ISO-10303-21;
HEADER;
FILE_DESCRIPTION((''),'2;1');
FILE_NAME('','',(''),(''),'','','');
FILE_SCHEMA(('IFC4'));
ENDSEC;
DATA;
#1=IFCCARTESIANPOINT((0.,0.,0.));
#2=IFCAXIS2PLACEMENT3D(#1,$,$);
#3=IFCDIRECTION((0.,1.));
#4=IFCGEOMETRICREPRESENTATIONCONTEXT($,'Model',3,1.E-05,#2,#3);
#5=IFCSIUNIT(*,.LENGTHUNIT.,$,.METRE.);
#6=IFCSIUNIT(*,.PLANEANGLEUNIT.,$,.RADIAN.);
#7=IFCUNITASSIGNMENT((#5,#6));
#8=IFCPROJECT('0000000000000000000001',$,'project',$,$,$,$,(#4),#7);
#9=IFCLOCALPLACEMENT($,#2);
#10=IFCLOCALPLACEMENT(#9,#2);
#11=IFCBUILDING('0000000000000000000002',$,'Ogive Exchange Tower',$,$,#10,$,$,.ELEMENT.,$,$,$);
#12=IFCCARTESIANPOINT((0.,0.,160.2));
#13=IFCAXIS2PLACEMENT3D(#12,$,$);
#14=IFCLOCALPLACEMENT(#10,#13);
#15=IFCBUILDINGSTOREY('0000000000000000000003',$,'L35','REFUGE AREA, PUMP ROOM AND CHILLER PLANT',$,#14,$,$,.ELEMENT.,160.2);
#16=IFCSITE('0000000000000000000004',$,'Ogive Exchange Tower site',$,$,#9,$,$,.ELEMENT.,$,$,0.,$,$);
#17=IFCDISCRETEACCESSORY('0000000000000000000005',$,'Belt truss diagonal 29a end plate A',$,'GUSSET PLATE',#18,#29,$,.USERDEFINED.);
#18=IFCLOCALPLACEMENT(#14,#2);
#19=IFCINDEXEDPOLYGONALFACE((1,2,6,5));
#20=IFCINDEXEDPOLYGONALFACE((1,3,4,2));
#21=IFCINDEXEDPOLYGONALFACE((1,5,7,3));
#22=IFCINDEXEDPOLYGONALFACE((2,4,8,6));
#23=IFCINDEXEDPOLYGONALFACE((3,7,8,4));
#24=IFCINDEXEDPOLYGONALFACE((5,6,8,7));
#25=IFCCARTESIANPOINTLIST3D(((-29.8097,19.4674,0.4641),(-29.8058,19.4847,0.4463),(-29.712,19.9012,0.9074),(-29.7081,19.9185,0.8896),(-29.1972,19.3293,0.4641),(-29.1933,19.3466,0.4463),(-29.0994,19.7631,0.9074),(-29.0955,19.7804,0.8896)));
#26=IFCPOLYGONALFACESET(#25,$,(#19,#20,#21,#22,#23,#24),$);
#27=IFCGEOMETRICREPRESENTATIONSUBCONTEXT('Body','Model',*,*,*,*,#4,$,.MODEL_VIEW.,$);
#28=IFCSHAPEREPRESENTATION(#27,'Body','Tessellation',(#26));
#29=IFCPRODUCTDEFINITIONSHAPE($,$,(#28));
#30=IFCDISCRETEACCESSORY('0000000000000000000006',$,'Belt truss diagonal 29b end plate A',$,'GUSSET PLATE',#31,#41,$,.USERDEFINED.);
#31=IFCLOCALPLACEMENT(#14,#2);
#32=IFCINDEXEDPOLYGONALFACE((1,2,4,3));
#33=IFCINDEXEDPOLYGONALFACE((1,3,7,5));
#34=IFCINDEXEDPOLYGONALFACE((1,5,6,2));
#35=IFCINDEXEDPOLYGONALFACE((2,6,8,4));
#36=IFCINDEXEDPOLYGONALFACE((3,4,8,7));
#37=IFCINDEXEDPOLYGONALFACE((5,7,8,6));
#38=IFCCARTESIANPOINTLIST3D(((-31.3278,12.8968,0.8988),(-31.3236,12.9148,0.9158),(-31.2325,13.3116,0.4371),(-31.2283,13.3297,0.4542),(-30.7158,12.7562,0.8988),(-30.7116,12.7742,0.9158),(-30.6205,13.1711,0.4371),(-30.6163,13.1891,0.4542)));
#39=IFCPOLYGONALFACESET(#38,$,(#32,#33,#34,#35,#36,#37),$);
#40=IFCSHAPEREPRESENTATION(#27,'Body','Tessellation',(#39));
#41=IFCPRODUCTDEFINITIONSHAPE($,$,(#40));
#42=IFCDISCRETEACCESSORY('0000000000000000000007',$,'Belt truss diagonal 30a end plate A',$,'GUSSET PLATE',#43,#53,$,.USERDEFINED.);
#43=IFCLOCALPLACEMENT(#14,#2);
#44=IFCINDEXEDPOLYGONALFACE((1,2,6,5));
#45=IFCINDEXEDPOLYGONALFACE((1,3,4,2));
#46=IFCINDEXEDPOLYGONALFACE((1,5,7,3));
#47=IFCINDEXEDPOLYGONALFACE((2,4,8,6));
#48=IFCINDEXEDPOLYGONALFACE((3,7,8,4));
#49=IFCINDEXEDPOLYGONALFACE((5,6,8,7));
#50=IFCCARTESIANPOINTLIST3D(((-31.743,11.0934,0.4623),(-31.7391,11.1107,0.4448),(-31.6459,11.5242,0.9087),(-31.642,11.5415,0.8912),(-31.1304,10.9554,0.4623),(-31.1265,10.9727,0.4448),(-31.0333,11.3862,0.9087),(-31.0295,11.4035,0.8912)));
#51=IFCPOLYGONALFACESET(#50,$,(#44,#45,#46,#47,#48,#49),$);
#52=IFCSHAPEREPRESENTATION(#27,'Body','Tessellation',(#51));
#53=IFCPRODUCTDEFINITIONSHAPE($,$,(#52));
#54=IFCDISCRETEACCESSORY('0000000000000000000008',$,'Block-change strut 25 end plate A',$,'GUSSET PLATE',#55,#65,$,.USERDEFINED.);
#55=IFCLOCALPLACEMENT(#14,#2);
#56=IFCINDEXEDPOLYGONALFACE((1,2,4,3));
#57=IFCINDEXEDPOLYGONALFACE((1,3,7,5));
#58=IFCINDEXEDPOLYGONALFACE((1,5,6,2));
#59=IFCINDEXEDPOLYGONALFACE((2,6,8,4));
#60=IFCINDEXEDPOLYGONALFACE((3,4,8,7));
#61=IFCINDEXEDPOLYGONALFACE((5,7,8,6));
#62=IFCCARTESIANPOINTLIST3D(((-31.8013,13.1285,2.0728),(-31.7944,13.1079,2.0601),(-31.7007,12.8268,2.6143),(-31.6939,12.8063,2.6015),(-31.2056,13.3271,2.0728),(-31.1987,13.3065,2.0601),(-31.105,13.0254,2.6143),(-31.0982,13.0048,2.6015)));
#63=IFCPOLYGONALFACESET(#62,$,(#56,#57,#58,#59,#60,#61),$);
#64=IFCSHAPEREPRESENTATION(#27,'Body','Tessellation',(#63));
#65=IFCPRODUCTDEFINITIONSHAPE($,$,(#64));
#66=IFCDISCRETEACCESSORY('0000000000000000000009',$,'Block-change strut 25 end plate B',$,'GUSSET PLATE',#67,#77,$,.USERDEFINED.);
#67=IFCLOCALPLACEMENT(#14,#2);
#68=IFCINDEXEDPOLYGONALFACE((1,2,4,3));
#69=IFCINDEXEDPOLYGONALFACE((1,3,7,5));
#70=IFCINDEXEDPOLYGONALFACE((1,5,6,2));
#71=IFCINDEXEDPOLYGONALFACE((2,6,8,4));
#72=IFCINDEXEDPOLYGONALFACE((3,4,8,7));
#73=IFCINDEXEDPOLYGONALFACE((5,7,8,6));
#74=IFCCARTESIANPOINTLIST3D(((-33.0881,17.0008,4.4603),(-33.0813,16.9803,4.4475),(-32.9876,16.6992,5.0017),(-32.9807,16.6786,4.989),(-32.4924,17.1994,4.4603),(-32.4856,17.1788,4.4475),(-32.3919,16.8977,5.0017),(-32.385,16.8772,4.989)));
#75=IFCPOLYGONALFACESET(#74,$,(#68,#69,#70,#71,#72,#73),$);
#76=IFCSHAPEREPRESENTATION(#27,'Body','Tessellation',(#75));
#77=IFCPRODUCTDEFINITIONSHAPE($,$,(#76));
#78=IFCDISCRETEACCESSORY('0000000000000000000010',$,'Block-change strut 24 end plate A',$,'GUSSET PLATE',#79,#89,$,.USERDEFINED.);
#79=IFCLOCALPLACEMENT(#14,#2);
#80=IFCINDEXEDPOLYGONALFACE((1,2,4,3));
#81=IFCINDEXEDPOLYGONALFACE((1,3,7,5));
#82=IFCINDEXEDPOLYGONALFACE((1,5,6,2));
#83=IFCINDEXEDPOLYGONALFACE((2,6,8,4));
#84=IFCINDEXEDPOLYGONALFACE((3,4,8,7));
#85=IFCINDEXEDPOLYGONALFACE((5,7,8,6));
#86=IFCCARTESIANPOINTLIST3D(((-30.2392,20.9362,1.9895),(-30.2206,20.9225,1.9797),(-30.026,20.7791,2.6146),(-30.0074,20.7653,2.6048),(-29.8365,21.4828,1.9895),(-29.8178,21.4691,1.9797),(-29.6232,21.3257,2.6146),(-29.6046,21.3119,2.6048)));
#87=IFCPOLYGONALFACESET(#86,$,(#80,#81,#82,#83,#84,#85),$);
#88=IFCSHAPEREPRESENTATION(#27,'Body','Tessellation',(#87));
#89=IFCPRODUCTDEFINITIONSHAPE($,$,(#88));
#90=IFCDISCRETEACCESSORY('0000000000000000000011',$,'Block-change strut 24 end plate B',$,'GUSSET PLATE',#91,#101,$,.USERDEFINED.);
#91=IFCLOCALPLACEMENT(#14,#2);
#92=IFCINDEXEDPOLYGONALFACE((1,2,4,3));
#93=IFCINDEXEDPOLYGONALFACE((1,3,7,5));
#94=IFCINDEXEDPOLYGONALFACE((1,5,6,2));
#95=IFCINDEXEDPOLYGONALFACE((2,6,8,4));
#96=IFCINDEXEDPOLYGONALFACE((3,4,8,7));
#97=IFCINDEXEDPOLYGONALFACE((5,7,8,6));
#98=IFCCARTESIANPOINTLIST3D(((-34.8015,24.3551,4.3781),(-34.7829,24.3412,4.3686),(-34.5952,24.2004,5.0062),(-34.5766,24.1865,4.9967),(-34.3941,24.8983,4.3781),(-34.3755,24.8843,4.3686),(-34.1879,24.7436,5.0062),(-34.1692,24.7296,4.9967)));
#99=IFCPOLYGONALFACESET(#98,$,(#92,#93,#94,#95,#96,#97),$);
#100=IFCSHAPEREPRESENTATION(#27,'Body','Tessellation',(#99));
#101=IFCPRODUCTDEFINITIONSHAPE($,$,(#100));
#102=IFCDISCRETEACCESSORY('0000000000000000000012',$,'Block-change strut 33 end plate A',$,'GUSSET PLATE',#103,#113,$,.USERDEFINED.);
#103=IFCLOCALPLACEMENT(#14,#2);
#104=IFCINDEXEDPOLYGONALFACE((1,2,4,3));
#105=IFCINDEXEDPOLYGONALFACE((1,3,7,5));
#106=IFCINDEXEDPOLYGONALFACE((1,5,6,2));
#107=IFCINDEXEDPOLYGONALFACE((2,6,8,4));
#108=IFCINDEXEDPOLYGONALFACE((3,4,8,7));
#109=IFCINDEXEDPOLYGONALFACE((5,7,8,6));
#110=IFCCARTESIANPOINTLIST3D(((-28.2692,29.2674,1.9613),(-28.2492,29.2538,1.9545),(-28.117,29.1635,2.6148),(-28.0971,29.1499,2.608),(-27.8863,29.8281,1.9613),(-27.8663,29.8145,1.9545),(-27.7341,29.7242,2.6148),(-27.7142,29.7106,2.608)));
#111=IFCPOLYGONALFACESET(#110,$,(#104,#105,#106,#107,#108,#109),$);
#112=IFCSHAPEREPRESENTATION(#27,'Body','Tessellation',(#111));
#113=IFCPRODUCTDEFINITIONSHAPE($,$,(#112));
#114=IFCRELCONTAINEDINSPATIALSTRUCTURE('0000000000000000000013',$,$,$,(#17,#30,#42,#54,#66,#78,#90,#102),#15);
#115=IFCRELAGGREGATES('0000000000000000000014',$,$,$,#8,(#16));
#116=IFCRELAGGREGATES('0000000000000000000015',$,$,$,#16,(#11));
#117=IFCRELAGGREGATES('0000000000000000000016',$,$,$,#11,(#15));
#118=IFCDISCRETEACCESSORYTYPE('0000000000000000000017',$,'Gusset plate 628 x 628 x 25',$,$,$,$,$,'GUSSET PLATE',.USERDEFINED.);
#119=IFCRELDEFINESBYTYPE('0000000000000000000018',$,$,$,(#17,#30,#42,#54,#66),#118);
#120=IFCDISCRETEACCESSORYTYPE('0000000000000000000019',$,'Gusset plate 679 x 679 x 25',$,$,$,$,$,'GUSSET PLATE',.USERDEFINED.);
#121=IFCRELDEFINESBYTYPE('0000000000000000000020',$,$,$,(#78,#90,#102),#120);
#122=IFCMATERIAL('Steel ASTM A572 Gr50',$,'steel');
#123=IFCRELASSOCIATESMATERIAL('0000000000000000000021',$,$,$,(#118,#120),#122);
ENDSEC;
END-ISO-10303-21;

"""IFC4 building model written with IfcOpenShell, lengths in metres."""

from ifc_helpers import new_model, si_unit, direction, frame, origin, origin_2d, place, context, subcontext, project, spatial, rectangle, extrude, material, material_profile, profile_set, type_object, element, save


model = new_model("IFC4")

# Units and contexts
model_context = context("Model", 3, precision=1e-05, world=origin(), true_north=direction((0.0, 1.0)))
body_context = subcontext(model_context, "Body", "Model", "MODEL_VIEW")
ifc_project = project(units=[si_unit("LENGTHUNIT", "METRE"), si_unit("PLANEANGLEUNIT", "RADIAN")], contexts=[model_context])

# Site, building, storey
site_placement = place(None, origin())
site = spatial("IfcSite", under=ifc_project, at=site_placement, Name="Ogive Exchange Tower site", CompositionType="ELEMENT", RefElevation=0.0)
building_placement = place(site_placement, origin())
building = spatial("IfcBuilding", under=site, at=building_placement, Name="Ogive Exchange Tower", CompositionType="ELEMENT")
storey_placement = place(building_placement, frame((0.0, 0.0, 160.2)))
storey = spatial("IfcBuildingStorey", under=building, at=storey_placement, Name="L35", Description="REFUGE AREA, PUMP ROOM AND CHILLER PLANT", CompositionType="ELEMENT", Elevation=160.2)

# Discrete accessories
ifc_material_1 = material(Name="Steel ASTM A572 Gr50", Category="steel")
ifc_material_profile_1 = material_profile(ifc_material_1, rectangle(XDim=0.6279, YDim=0.6279, at=origin_2d()), Name="PL 628 x 628 x 25")
ifc_profile_set_1 = profile_set([ifc_material_profile_1], Name="Steel ASTM A572 Gr50")
discrete_accessory_type_1 = type_object("IfcDiscreteAccessoryType", Name="Gusset plate 628 x 628 x 25", ElementType="GUSSET PLATE", PredefinedType="USERDEFINED", material=ifc_profile_set_1)
for number, where, z_axis, x_axis, name in (
    (1, (-29.4507, 19.6326, 0.668), (-0.155215, -0.688769, 0.708171), (0.975536, -0.219839, 0.0), "Belt truss diagonal 29a end plate A"),
    (2, (-30.9741, 13.0339, 0.668), (0.164615, 0.716558, 0.677825), (-0.974613, 0.223898, 0.0), "Belt truss diagonal 29b end plate A"),
):
    element("IfcDiscreteAccessory", number, at=place(storey_placement, frame(where, z_axis=z_axis, x_axis=x_axis)), inside=storey, type_object=discrete_accessory_type_1, Name=name, ObjectType="GUSSET PLATE", PredefinedType="USERDEFINED", context=body_context, shape_type="SweptSolid", body=[
        extrude(rectangle(XDim=0.6279, YDim=0.6279, at=origin_2d()), origin(), (0.0, 0.0, 1.0), 0.0251),
    ])
discrete_accessory_1_placement = place(storey_placement, frame((-31.3843, 11.2571, 0.668), z_axis=(-0.156285, -0.693517, 0.703285), x_axis=(0.975536, -0.219839, 0.0)))
element("IfcDiscreteAccessory", 3, at=discrete_accessory_1_placement, inside=storey, type_object=discrete_accessory_type_1, Name="Belt truss diagonal 30a end plate A", ObjectType="GUSSET PLATE", PredefinedType="USERDEFINED", context=body_context, shape_type="SweptSolid", body=[
    extrude(rectangle(XDim=0.6279, YDim=0.6279, at=origin_2d()), origin(), (0.0, 0.0, 1.0), 0.0249),
])
for number, where, z_axis, x_axis, name in (
    (4, (-31.4463, 13.0564, 2.3308), (-0.272681, 0.818044, 0.506408), (-0.948683, -0.316228, 0.0), "Block-change strut 25 end plate A"),
    (5, (-32.7332, 16.9287, 4.7183), (-0.272681, 0.818044, 0.506408), (-0.948683, -0.316228, 0.0), "Block-change strut 25 end plate B"),
):
    element("IfcDiscreteAccessory", number, at=place(storey_placement, frame(where, z_axis=z_axis, x_axis=x_axis)), inside=storey, type_object=discrete_accessory_type_1, Name=name, ObjectType="GUSSET PLATE", PredefinedType="USERDEFINED", context=body_context, shape_type="SweptSolid", body=[
        extrude(rectangle(XDim=0.6279, YDim=0.6279, at=origin_2d()), origin(), (0.0, 0.0, 1.0), 0.0251),
    ])
ifc_material_profile_2 = material_profile(ifc_material_1, rectangle(XDim=0.679, YDim=0.679, at=origin_2d()), Name="PL 679 x 679 x 25")
ifc_profile_set_2 = profile_set([ifc_material_profile_2], Name="Steel ASTM A572 Gr50")
discrete_accessory_type_2 = type_object("IfcDiscreteAccessoryType", Name="Gusset plate 679 x 679 x 25", ElementType="GUSSET PLATE", PredefinedType="USERDEFINED", material=ifc_profile_set_2)
for number, where, z_axis, x_axis, name in (
    (6, (-29.9126, 21.1172, 2.2922), (-0.741261, 0.546192, 0.390137), (-0.593199, -0.805056, 0.0), "Block-change strut 24 end plate A"),
    (7, (-34.4761, 24.5354, 4.6826), (-0.740065, 0.555049, 0.37977), (-0.6, -0.8, 0.0), "Block-change strut 24 end plate B"),
    (8, (-27.9817, 29.4822, 2.2812), (-0.794807, 0.542795, 0.271397), (-0.563962, -0.825801, 0.0), "Block-change strut 33 end plate A"),
):
    element("IfcDiscreteAccessory", number, at=place(storey_placement, frame(where, z_axis=z_axis, x_axis=x_axis)), inside=storey, type_object=discrete_accessory_type_2, Name=name, ObjectType="GUSSET PLATE", PredefinedType="USERDEFINED", context=body_context, shape_type="SweptSolid", body=[
        extrude(rectangle(XDim=0.679, YDim=0.679, at=origin_2d()), origin(), (0.0, 0.0, 1.0), 0.0251),
    ])

save(model, "model.ifc")
